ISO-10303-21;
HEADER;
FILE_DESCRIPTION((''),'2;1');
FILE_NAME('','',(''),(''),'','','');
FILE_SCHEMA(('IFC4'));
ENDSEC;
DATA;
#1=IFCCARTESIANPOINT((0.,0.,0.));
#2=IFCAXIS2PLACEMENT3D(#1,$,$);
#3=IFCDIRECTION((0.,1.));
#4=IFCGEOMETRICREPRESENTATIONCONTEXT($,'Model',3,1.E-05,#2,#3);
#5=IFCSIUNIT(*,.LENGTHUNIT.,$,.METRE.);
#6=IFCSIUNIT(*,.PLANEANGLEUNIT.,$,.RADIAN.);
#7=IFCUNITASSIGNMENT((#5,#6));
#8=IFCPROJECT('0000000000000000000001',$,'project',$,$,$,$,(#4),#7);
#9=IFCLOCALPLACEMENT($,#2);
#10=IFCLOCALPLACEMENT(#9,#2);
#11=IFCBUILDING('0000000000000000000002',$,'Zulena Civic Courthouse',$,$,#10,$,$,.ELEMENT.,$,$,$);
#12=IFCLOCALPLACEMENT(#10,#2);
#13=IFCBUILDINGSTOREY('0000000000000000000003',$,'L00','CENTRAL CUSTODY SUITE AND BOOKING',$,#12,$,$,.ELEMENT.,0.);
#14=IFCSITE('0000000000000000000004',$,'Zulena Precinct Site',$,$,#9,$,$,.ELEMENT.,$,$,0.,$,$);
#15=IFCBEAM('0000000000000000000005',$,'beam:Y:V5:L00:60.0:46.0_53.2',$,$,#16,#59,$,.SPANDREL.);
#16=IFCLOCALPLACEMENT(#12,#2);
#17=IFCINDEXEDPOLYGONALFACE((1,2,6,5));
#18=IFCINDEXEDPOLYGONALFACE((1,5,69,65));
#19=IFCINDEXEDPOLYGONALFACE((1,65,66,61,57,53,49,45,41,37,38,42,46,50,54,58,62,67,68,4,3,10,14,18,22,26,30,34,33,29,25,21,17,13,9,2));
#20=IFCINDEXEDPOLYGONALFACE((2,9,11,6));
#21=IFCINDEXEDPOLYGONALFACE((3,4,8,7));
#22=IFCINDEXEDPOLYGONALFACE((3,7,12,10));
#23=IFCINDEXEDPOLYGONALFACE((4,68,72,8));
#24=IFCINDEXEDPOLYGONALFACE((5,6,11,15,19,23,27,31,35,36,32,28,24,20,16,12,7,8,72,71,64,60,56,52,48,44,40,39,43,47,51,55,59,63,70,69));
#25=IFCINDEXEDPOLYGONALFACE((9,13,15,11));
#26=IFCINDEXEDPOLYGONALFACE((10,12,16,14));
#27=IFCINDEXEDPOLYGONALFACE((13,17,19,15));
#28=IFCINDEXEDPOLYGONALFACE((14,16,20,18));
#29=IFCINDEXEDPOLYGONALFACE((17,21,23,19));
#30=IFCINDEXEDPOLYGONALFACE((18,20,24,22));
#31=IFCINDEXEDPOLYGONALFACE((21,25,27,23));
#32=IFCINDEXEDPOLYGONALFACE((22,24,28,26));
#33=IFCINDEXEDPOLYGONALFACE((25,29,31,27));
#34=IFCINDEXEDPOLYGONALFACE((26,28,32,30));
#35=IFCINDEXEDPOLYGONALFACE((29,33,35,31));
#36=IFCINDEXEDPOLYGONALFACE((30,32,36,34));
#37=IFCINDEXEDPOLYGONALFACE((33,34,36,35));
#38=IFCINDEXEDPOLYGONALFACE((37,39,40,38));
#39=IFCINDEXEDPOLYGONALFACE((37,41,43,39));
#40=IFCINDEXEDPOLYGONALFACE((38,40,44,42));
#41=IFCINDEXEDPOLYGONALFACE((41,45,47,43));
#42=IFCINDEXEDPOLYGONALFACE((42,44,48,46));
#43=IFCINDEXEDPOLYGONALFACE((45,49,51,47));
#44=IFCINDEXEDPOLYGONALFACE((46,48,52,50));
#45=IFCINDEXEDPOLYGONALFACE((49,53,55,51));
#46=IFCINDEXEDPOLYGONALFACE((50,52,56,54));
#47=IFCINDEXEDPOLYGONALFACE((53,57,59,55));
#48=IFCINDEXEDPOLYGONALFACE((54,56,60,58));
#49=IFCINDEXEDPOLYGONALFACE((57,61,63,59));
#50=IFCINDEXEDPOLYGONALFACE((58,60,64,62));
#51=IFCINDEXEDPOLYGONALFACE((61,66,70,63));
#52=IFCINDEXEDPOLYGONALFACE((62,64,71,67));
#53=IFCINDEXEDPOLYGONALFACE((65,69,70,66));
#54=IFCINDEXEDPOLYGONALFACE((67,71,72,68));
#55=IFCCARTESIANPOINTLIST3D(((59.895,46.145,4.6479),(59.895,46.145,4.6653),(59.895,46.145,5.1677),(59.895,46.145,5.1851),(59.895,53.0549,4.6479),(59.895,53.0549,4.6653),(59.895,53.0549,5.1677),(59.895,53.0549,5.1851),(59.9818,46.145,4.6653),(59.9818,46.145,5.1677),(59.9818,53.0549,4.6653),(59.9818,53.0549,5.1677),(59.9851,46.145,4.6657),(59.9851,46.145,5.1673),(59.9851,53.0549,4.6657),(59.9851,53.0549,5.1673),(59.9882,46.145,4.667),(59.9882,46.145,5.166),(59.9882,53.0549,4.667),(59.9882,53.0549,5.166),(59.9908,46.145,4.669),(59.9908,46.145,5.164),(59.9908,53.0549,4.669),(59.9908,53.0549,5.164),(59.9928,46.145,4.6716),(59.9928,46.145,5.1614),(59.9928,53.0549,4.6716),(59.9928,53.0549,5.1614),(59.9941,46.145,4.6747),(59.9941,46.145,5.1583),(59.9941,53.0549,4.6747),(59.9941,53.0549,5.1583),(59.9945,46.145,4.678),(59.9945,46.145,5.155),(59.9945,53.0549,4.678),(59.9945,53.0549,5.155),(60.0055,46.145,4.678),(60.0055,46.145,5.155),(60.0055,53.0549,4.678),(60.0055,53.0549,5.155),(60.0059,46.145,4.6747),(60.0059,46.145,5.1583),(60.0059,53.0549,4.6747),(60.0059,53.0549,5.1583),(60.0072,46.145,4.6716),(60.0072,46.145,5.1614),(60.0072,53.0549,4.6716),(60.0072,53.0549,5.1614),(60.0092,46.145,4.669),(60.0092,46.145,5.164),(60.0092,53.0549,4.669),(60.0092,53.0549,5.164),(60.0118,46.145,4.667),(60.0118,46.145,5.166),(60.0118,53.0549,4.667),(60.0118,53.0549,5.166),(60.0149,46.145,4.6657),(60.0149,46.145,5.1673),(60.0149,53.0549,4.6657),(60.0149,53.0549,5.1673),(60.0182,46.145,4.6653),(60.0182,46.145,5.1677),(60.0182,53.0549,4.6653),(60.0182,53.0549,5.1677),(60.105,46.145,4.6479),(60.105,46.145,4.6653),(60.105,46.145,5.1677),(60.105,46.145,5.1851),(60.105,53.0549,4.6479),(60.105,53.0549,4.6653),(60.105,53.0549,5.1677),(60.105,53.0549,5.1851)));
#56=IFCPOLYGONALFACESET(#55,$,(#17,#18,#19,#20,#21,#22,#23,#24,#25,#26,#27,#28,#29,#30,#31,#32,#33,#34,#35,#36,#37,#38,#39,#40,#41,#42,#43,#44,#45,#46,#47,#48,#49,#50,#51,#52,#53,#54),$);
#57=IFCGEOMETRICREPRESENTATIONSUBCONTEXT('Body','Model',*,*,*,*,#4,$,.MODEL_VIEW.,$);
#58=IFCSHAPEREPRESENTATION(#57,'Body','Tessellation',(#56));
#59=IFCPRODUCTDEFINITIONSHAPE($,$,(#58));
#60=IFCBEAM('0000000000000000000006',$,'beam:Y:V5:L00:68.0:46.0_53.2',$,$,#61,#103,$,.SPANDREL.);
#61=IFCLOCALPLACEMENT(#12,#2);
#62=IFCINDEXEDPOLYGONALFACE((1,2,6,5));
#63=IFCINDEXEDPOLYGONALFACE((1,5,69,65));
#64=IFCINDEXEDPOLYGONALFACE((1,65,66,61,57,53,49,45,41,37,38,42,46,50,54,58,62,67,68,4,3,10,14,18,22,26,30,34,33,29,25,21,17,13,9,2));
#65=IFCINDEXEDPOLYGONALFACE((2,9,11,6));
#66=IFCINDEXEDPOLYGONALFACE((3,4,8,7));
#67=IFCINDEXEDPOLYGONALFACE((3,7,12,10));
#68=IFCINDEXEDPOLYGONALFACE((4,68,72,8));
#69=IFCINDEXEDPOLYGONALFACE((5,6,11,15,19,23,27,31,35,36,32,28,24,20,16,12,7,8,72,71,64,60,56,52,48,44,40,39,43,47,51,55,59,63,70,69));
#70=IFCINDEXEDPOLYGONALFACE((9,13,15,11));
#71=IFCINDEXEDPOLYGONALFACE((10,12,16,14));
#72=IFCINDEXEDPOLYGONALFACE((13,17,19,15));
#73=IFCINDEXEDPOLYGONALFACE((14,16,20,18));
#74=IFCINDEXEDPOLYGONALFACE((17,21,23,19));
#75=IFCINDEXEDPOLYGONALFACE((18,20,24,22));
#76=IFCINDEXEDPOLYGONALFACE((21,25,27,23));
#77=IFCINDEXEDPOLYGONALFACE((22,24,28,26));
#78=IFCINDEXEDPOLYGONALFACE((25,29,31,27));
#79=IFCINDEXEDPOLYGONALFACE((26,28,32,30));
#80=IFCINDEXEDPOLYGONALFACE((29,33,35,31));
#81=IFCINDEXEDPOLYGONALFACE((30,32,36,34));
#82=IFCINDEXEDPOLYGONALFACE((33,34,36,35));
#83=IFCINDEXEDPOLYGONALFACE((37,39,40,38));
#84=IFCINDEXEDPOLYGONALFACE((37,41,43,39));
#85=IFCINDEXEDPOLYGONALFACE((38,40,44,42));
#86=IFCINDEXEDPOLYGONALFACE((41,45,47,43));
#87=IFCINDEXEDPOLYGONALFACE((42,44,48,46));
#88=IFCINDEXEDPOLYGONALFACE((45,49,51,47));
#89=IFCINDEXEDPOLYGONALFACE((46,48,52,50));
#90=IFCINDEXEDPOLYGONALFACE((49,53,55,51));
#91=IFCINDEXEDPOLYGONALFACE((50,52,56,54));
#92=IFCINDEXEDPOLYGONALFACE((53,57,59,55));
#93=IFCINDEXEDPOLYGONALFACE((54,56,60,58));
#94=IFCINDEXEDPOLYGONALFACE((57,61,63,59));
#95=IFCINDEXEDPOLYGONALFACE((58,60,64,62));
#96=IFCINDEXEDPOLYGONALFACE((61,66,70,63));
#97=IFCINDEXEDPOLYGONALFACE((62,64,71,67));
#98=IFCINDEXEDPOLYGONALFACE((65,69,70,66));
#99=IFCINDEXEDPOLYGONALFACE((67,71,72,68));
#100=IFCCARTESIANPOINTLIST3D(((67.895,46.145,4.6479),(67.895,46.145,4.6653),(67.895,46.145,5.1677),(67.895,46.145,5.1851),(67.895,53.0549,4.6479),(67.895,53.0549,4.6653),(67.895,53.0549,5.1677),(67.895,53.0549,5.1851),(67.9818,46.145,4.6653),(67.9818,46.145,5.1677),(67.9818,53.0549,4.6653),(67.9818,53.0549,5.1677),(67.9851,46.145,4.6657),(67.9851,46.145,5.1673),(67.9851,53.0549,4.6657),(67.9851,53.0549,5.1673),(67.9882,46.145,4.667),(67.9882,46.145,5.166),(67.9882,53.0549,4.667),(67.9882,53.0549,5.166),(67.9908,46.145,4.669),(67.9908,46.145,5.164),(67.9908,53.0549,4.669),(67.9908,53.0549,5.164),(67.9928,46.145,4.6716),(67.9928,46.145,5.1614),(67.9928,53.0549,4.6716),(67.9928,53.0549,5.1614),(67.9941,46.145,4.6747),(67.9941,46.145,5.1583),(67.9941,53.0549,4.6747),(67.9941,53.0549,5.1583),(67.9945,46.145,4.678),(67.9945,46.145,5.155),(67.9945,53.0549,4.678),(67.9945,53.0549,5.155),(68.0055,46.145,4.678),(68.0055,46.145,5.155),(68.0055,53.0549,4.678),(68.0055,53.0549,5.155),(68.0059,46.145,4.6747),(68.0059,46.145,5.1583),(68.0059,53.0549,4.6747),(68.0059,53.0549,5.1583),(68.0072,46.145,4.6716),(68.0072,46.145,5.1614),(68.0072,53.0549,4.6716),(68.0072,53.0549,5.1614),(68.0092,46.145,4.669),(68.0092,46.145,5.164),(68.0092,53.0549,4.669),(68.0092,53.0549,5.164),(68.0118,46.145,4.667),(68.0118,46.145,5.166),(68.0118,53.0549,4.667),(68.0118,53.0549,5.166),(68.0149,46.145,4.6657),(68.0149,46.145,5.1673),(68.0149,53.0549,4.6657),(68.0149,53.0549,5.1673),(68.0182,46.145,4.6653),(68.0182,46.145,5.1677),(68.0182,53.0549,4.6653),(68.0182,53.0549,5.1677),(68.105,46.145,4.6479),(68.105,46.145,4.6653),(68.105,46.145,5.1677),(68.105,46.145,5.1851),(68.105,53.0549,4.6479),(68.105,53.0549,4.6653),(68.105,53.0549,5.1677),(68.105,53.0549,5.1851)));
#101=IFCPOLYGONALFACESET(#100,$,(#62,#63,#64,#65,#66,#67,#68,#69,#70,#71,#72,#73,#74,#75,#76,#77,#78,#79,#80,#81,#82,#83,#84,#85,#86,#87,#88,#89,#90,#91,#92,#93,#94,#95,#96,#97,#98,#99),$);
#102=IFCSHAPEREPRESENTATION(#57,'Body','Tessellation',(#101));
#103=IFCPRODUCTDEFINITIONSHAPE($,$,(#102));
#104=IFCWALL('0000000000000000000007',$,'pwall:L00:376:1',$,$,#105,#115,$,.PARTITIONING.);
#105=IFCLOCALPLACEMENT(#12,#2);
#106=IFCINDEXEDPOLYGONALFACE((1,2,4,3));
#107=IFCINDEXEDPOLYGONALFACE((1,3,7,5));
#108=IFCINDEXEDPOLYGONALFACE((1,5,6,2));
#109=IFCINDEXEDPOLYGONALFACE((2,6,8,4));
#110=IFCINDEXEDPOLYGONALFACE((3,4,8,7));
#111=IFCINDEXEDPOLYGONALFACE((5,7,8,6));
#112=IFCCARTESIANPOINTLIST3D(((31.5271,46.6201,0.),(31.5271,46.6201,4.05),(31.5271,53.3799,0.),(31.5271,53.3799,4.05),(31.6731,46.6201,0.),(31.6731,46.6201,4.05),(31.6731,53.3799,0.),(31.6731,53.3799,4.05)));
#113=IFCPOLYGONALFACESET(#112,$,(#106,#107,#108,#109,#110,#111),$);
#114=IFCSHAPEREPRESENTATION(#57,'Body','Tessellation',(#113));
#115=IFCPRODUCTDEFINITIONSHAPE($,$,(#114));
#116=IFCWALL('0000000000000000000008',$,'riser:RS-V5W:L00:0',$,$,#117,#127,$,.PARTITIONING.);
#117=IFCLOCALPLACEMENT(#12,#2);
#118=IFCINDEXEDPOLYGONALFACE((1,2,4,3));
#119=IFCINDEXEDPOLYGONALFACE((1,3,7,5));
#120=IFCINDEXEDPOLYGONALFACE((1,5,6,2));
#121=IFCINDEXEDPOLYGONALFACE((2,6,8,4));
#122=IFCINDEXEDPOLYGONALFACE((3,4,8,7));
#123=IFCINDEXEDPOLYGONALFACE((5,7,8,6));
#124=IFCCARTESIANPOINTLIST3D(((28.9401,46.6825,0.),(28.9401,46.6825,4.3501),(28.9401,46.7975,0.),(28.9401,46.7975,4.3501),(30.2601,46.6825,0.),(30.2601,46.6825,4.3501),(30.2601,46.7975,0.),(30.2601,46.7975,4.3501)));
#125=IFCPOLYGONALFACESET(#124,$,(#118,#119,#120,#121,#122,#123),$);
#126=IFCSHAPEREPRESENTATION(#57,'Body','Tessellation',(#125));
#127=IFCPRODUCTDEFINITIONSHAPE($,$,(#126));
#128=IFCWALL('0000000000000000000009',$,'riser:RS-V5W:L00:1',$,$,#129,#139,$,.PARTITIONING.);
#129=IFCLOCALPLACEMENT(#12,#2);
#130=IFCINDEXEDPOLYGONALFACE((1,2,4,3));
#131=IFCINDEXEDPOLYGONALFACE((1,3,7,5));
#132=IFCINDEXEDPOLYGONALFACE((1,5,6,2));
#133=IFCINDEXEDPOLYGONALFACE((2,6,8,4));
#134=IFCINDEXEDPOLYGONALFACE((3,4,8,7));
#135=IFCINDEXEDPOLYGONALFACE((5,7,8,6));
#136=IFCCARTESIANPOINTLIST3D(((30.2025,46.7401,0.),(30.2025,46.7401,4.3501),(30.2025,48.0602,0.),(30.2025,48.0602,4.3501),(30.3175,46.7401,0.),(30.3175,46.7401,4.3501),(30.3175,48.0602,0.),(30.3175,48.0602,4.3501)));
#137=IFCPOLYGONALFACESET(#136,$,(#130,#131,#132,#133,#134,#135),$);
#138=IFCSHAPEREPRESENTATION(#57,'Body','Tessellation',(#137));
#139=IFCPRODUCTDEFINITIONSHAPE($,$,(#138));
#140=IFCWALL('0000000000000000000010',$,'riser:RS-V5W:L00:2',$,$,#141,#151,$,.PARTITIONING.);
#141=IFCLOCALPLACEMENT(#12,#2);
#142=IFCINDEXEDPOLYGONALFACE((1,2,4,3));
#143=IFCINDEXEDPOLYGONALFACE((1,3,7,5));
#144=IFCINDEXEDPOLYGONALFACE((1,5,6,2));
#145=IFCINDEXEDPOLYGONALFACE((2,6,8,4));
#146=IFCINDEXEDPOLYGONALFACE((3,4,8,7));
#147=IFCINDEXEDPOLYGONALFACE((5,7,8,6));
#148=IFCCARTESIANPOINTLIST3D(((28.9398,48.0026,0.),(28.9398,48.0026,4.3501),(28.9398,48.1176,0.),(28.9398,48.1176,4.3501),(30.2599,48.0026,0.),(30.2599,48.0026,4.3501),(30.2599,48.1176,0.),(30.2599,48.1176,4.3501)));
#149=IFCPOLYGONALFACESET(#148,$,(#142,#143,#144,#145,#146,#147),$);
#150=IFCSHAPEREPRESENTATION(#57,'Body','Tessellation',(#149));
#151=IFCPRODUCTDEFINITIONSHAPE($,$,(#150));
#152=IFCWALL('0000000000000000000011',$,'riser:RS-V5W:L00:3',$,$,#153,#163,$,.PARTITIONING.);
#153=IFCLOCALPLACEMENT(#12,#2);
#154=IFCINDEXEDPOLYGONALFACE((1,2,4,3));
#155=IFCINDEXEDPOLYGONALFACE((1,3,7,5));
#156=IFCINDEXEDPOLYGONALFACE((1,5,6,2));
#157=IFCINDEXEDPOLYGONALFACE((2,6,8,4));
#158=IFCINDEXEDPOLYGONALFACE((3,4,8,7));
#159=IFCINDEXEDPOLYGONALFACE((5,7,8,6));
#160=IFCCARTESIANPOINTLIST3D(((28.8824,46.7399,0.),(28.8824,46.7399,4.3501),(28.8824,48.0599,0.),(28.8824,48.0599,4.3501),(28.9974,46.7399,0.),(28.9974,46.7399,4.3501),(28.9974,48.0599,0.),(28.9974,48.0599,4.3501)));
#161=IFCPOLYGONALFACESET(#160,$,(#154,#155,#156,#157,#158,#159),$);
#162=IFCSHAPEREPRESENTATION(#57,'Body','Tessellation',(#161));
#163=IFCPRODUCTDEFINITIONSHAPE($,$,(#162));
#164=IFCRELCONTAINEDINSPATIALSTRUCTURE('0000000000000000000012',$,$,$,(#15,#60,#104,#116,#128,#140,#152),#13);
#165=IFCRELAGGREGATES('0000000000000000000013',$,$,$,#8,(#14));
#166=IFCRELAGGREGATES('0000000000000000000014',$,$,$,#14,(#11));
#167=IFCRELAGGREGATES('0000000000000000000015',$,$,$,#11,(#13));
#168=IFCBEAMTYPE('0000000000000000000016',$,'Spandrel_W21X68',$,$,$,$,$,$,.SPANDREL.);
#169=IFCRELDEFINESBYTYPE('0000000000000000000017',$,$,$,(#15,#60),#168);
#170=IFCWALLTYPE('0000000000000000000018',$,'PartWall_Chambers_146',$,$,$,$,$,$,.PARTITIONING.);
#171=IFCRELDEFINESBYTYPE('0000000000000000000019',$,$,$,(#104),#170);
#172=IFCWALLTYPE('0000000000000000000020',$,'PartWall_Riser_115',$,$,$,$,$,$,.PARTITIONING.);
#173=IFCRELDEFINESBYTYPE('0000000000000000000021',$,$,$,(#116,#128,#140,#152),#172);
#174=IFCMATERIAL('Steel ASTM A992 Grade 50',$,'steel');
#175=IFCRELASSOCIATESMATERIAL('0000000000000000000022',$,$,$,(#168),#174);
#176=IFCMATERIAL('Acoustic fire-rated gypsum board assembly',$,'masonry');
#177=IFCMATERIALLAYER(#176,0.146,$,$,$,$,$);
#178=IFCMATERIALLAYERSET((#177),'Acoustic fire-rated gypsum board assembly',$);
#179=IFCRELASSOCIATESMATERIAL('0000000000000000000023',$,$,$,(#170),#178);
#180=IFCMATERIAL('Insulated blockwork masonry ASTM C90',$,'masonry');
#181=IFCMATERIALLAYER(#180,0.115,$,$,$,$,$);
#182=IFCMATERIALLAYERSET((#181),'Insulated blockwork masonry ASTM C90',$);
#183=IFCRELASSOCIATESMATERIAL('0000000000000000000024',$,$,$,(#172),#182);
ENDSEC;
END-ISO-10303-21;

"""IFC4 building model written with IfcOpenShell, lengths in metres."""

from ifc_helpers import new_model, si_unit, direction, frame, frame_2d, origin, origin_2d, place, context, subcontext, project, spatial, rectangle, i_section, extrude, material, layer, layer_set, material_profile, profile_set, type_object, element, save


model = new_model("IFC4")

# Units and contexts
model_context = context("Model", 3, precision=1e-05, world=origin(), true_north=direction((0.0, 1.0)))
body_context = subcontext(model_context, "Body", "Model", "MODEL_VIEW")
ifc_project = project(units=[si_unit("LENGTHUNIT", "METRE"), si_unit("PLANEANGLEUNIT", "RADIAN")], contexts=[model_context])

# Site, building, storey
site_placement = place(None, origin())
site = spatial("IfcSite", under=ifc_project, at=site_placement, Name="Zulena Precinct Site", CompositionType="ELEMENT", RefElevation=0.0)
building_placement = place(site_placement, origin())
building = spatial("IfcBuilding", under=site, at=building_placement, Name="Zulena Civic Courthouse", CompositionType="ELEMENT")
storey_placement = place(building_placement, origin())
storey = spatial("IfcBuildingStorey", under=building, at=storey_placement, Name="L00", Description="CENTRAL CUSTODY SUITE AND BOOKING", CompositionType="ELEMENT", Elevation=0.0)

# Shared definitions
ifc_material_1 = material(Name="Steel ASTM A992 Grade 50", Category="steel")

# Beams
ifc_material_profile_1 = material_profile(ifc_material_1, i_section(OverallWidth=0.21, OverallDepth=0.5371, WebThickness=0.011, FlangeThickness=0.0173, FilletRadius=0.0127, at=origin_2d()), Name="W21X68")
ifc_profile_set_1 = profile_set([ifc_material_profile_1], Name="Steel ASTM A992 Grade 50")
beam_type_1 = type_object("IfcBeamType", Name="Spandrel_W21X68", PredefinedType="SPANDREL", material=ifc_profile_set_1)
for number, where, z_axis, x_axis, name in (
    (1, (60.0, 46.145, 4.9165), (0.0, 1.0, 0.0), (-1.0, 0.0, 0.0), "beam:Y:V5:L00:60.0:46.0_53.2"),
    (2, (68.0, 46.145, 4.9165), (0.0, 1.0, 0.0), (-1.0, 0.0, 0.0), "beam:Y:V5:L00:68.0:46.0_53.2"),
):
    element("IfcBeam", number, at=place(storey_placement, frame(where, z_axis=z_axis, x_axis=x_axis)), inside=storey, type_object=beam_type_1, Name=name, PredefinedType="SPANDREL", context=body_context, shape_type="SweptSolid", body=[
        extrude(i_section(OverallWidth=0.21, OverallDepth=0.5371, WebThickness=0.011, FlangeThickness=0.0173, FilletRadius=0.0127, at=origin_2d()), origin(), (0.0, 0.0, 1.0), 6.9099),
    ])

# Walls
ifc_material_2 = material(Name="Acoustic fire-rated gypsum board assembly", Category="masonry")
ifc_layer_1 = layer(ifc_material_2, 0.146)
ifc_layer_set_1 = layer_set([ifc_layer_1], Name="Acoustic fire-rated gypsum board assembly")
wall_type_1 = type_object("IfcWallType", Name="PartWall_Chambers_146", PredefinedType="PARTITIONING", material=ifc_layer_set_1)
wall_placement = place(storey_placement, frame((31.6001, 46.6201, 0.0), z_axis=(0.0, 0.0, 1.0), x_axis=(0.0, 1.0, 0.0)))
element("IfcWall", 3, at=wall_placement, inside=storey, type_object=wall_type_1, Name="pwall:L00:376:1", PredefinedType="PARTITIONING", context=body_context, shape_type="SweptSolid", body=[
    extrude(rectangle(XDim=6.7598, YDim=0.146, at=frame_2d((3.3799, 0.0))), origin(), (0.0, 0.0, 1.0), 4.05),
])
ifc_material_3 = material(Name="Insulated blockwork masonry ASTM C90", Category="masonry")
ifc_layer_2 = layer(ifc_material_3, 0.115)
ifc_layer_set_2 = layer_set([ifc_layer_2], Name="Insulated blockwork masonry ASTM C90")
wall_type_2 = type_object("IfcWallType", Name="PartWall_Riser_115", PredefinedType="PARTITIONING", material=ifc_layer_set_2)
for number, where, z_axis, x_axis, name in (
    (4, (28.9399, 46.74, 0.0), (0.0, 0.0, 1.0), (1.0, 0.0, 0.0), "riser:RS-V5W:L00:0"),
    (5, (30.26, 46.74, 0.0), (0.0, 0.0, 1.0), (0.0, 1.0, 0.0), "riser:RS-V5W:L00:1"),
    (6, (30.26, 48.0601, 0.0), (0.0, 0.0, 1.0), (-1.0, 0.0, 0.0), "riser:RS-V5W:L00:2"),
    (7, (28.9399, 48.0601, 0.0), (0.0, 0.0, 1.0), (0.0, -1.0, 0.0), "riser:RS-V5W:L00:3"),
):
    element("IfcWall", number, at=place(storey_placement, frame(where, z_axis=z_axis, x_axis=x_axis)), inside=storey, type_object=wall_type_2, Name=name, PredefinedType="PARTITIONING", context=body_context, shape_type="SweptSolid", body=[
        extrude(rectangle(XDim=1.3201, YDim=0.115, at=frame_2d((0.6602, 0.0))), origin(), (0.0, 0.0, 1.0), 4.3501),
    ])

save(model, "model.ifc")
